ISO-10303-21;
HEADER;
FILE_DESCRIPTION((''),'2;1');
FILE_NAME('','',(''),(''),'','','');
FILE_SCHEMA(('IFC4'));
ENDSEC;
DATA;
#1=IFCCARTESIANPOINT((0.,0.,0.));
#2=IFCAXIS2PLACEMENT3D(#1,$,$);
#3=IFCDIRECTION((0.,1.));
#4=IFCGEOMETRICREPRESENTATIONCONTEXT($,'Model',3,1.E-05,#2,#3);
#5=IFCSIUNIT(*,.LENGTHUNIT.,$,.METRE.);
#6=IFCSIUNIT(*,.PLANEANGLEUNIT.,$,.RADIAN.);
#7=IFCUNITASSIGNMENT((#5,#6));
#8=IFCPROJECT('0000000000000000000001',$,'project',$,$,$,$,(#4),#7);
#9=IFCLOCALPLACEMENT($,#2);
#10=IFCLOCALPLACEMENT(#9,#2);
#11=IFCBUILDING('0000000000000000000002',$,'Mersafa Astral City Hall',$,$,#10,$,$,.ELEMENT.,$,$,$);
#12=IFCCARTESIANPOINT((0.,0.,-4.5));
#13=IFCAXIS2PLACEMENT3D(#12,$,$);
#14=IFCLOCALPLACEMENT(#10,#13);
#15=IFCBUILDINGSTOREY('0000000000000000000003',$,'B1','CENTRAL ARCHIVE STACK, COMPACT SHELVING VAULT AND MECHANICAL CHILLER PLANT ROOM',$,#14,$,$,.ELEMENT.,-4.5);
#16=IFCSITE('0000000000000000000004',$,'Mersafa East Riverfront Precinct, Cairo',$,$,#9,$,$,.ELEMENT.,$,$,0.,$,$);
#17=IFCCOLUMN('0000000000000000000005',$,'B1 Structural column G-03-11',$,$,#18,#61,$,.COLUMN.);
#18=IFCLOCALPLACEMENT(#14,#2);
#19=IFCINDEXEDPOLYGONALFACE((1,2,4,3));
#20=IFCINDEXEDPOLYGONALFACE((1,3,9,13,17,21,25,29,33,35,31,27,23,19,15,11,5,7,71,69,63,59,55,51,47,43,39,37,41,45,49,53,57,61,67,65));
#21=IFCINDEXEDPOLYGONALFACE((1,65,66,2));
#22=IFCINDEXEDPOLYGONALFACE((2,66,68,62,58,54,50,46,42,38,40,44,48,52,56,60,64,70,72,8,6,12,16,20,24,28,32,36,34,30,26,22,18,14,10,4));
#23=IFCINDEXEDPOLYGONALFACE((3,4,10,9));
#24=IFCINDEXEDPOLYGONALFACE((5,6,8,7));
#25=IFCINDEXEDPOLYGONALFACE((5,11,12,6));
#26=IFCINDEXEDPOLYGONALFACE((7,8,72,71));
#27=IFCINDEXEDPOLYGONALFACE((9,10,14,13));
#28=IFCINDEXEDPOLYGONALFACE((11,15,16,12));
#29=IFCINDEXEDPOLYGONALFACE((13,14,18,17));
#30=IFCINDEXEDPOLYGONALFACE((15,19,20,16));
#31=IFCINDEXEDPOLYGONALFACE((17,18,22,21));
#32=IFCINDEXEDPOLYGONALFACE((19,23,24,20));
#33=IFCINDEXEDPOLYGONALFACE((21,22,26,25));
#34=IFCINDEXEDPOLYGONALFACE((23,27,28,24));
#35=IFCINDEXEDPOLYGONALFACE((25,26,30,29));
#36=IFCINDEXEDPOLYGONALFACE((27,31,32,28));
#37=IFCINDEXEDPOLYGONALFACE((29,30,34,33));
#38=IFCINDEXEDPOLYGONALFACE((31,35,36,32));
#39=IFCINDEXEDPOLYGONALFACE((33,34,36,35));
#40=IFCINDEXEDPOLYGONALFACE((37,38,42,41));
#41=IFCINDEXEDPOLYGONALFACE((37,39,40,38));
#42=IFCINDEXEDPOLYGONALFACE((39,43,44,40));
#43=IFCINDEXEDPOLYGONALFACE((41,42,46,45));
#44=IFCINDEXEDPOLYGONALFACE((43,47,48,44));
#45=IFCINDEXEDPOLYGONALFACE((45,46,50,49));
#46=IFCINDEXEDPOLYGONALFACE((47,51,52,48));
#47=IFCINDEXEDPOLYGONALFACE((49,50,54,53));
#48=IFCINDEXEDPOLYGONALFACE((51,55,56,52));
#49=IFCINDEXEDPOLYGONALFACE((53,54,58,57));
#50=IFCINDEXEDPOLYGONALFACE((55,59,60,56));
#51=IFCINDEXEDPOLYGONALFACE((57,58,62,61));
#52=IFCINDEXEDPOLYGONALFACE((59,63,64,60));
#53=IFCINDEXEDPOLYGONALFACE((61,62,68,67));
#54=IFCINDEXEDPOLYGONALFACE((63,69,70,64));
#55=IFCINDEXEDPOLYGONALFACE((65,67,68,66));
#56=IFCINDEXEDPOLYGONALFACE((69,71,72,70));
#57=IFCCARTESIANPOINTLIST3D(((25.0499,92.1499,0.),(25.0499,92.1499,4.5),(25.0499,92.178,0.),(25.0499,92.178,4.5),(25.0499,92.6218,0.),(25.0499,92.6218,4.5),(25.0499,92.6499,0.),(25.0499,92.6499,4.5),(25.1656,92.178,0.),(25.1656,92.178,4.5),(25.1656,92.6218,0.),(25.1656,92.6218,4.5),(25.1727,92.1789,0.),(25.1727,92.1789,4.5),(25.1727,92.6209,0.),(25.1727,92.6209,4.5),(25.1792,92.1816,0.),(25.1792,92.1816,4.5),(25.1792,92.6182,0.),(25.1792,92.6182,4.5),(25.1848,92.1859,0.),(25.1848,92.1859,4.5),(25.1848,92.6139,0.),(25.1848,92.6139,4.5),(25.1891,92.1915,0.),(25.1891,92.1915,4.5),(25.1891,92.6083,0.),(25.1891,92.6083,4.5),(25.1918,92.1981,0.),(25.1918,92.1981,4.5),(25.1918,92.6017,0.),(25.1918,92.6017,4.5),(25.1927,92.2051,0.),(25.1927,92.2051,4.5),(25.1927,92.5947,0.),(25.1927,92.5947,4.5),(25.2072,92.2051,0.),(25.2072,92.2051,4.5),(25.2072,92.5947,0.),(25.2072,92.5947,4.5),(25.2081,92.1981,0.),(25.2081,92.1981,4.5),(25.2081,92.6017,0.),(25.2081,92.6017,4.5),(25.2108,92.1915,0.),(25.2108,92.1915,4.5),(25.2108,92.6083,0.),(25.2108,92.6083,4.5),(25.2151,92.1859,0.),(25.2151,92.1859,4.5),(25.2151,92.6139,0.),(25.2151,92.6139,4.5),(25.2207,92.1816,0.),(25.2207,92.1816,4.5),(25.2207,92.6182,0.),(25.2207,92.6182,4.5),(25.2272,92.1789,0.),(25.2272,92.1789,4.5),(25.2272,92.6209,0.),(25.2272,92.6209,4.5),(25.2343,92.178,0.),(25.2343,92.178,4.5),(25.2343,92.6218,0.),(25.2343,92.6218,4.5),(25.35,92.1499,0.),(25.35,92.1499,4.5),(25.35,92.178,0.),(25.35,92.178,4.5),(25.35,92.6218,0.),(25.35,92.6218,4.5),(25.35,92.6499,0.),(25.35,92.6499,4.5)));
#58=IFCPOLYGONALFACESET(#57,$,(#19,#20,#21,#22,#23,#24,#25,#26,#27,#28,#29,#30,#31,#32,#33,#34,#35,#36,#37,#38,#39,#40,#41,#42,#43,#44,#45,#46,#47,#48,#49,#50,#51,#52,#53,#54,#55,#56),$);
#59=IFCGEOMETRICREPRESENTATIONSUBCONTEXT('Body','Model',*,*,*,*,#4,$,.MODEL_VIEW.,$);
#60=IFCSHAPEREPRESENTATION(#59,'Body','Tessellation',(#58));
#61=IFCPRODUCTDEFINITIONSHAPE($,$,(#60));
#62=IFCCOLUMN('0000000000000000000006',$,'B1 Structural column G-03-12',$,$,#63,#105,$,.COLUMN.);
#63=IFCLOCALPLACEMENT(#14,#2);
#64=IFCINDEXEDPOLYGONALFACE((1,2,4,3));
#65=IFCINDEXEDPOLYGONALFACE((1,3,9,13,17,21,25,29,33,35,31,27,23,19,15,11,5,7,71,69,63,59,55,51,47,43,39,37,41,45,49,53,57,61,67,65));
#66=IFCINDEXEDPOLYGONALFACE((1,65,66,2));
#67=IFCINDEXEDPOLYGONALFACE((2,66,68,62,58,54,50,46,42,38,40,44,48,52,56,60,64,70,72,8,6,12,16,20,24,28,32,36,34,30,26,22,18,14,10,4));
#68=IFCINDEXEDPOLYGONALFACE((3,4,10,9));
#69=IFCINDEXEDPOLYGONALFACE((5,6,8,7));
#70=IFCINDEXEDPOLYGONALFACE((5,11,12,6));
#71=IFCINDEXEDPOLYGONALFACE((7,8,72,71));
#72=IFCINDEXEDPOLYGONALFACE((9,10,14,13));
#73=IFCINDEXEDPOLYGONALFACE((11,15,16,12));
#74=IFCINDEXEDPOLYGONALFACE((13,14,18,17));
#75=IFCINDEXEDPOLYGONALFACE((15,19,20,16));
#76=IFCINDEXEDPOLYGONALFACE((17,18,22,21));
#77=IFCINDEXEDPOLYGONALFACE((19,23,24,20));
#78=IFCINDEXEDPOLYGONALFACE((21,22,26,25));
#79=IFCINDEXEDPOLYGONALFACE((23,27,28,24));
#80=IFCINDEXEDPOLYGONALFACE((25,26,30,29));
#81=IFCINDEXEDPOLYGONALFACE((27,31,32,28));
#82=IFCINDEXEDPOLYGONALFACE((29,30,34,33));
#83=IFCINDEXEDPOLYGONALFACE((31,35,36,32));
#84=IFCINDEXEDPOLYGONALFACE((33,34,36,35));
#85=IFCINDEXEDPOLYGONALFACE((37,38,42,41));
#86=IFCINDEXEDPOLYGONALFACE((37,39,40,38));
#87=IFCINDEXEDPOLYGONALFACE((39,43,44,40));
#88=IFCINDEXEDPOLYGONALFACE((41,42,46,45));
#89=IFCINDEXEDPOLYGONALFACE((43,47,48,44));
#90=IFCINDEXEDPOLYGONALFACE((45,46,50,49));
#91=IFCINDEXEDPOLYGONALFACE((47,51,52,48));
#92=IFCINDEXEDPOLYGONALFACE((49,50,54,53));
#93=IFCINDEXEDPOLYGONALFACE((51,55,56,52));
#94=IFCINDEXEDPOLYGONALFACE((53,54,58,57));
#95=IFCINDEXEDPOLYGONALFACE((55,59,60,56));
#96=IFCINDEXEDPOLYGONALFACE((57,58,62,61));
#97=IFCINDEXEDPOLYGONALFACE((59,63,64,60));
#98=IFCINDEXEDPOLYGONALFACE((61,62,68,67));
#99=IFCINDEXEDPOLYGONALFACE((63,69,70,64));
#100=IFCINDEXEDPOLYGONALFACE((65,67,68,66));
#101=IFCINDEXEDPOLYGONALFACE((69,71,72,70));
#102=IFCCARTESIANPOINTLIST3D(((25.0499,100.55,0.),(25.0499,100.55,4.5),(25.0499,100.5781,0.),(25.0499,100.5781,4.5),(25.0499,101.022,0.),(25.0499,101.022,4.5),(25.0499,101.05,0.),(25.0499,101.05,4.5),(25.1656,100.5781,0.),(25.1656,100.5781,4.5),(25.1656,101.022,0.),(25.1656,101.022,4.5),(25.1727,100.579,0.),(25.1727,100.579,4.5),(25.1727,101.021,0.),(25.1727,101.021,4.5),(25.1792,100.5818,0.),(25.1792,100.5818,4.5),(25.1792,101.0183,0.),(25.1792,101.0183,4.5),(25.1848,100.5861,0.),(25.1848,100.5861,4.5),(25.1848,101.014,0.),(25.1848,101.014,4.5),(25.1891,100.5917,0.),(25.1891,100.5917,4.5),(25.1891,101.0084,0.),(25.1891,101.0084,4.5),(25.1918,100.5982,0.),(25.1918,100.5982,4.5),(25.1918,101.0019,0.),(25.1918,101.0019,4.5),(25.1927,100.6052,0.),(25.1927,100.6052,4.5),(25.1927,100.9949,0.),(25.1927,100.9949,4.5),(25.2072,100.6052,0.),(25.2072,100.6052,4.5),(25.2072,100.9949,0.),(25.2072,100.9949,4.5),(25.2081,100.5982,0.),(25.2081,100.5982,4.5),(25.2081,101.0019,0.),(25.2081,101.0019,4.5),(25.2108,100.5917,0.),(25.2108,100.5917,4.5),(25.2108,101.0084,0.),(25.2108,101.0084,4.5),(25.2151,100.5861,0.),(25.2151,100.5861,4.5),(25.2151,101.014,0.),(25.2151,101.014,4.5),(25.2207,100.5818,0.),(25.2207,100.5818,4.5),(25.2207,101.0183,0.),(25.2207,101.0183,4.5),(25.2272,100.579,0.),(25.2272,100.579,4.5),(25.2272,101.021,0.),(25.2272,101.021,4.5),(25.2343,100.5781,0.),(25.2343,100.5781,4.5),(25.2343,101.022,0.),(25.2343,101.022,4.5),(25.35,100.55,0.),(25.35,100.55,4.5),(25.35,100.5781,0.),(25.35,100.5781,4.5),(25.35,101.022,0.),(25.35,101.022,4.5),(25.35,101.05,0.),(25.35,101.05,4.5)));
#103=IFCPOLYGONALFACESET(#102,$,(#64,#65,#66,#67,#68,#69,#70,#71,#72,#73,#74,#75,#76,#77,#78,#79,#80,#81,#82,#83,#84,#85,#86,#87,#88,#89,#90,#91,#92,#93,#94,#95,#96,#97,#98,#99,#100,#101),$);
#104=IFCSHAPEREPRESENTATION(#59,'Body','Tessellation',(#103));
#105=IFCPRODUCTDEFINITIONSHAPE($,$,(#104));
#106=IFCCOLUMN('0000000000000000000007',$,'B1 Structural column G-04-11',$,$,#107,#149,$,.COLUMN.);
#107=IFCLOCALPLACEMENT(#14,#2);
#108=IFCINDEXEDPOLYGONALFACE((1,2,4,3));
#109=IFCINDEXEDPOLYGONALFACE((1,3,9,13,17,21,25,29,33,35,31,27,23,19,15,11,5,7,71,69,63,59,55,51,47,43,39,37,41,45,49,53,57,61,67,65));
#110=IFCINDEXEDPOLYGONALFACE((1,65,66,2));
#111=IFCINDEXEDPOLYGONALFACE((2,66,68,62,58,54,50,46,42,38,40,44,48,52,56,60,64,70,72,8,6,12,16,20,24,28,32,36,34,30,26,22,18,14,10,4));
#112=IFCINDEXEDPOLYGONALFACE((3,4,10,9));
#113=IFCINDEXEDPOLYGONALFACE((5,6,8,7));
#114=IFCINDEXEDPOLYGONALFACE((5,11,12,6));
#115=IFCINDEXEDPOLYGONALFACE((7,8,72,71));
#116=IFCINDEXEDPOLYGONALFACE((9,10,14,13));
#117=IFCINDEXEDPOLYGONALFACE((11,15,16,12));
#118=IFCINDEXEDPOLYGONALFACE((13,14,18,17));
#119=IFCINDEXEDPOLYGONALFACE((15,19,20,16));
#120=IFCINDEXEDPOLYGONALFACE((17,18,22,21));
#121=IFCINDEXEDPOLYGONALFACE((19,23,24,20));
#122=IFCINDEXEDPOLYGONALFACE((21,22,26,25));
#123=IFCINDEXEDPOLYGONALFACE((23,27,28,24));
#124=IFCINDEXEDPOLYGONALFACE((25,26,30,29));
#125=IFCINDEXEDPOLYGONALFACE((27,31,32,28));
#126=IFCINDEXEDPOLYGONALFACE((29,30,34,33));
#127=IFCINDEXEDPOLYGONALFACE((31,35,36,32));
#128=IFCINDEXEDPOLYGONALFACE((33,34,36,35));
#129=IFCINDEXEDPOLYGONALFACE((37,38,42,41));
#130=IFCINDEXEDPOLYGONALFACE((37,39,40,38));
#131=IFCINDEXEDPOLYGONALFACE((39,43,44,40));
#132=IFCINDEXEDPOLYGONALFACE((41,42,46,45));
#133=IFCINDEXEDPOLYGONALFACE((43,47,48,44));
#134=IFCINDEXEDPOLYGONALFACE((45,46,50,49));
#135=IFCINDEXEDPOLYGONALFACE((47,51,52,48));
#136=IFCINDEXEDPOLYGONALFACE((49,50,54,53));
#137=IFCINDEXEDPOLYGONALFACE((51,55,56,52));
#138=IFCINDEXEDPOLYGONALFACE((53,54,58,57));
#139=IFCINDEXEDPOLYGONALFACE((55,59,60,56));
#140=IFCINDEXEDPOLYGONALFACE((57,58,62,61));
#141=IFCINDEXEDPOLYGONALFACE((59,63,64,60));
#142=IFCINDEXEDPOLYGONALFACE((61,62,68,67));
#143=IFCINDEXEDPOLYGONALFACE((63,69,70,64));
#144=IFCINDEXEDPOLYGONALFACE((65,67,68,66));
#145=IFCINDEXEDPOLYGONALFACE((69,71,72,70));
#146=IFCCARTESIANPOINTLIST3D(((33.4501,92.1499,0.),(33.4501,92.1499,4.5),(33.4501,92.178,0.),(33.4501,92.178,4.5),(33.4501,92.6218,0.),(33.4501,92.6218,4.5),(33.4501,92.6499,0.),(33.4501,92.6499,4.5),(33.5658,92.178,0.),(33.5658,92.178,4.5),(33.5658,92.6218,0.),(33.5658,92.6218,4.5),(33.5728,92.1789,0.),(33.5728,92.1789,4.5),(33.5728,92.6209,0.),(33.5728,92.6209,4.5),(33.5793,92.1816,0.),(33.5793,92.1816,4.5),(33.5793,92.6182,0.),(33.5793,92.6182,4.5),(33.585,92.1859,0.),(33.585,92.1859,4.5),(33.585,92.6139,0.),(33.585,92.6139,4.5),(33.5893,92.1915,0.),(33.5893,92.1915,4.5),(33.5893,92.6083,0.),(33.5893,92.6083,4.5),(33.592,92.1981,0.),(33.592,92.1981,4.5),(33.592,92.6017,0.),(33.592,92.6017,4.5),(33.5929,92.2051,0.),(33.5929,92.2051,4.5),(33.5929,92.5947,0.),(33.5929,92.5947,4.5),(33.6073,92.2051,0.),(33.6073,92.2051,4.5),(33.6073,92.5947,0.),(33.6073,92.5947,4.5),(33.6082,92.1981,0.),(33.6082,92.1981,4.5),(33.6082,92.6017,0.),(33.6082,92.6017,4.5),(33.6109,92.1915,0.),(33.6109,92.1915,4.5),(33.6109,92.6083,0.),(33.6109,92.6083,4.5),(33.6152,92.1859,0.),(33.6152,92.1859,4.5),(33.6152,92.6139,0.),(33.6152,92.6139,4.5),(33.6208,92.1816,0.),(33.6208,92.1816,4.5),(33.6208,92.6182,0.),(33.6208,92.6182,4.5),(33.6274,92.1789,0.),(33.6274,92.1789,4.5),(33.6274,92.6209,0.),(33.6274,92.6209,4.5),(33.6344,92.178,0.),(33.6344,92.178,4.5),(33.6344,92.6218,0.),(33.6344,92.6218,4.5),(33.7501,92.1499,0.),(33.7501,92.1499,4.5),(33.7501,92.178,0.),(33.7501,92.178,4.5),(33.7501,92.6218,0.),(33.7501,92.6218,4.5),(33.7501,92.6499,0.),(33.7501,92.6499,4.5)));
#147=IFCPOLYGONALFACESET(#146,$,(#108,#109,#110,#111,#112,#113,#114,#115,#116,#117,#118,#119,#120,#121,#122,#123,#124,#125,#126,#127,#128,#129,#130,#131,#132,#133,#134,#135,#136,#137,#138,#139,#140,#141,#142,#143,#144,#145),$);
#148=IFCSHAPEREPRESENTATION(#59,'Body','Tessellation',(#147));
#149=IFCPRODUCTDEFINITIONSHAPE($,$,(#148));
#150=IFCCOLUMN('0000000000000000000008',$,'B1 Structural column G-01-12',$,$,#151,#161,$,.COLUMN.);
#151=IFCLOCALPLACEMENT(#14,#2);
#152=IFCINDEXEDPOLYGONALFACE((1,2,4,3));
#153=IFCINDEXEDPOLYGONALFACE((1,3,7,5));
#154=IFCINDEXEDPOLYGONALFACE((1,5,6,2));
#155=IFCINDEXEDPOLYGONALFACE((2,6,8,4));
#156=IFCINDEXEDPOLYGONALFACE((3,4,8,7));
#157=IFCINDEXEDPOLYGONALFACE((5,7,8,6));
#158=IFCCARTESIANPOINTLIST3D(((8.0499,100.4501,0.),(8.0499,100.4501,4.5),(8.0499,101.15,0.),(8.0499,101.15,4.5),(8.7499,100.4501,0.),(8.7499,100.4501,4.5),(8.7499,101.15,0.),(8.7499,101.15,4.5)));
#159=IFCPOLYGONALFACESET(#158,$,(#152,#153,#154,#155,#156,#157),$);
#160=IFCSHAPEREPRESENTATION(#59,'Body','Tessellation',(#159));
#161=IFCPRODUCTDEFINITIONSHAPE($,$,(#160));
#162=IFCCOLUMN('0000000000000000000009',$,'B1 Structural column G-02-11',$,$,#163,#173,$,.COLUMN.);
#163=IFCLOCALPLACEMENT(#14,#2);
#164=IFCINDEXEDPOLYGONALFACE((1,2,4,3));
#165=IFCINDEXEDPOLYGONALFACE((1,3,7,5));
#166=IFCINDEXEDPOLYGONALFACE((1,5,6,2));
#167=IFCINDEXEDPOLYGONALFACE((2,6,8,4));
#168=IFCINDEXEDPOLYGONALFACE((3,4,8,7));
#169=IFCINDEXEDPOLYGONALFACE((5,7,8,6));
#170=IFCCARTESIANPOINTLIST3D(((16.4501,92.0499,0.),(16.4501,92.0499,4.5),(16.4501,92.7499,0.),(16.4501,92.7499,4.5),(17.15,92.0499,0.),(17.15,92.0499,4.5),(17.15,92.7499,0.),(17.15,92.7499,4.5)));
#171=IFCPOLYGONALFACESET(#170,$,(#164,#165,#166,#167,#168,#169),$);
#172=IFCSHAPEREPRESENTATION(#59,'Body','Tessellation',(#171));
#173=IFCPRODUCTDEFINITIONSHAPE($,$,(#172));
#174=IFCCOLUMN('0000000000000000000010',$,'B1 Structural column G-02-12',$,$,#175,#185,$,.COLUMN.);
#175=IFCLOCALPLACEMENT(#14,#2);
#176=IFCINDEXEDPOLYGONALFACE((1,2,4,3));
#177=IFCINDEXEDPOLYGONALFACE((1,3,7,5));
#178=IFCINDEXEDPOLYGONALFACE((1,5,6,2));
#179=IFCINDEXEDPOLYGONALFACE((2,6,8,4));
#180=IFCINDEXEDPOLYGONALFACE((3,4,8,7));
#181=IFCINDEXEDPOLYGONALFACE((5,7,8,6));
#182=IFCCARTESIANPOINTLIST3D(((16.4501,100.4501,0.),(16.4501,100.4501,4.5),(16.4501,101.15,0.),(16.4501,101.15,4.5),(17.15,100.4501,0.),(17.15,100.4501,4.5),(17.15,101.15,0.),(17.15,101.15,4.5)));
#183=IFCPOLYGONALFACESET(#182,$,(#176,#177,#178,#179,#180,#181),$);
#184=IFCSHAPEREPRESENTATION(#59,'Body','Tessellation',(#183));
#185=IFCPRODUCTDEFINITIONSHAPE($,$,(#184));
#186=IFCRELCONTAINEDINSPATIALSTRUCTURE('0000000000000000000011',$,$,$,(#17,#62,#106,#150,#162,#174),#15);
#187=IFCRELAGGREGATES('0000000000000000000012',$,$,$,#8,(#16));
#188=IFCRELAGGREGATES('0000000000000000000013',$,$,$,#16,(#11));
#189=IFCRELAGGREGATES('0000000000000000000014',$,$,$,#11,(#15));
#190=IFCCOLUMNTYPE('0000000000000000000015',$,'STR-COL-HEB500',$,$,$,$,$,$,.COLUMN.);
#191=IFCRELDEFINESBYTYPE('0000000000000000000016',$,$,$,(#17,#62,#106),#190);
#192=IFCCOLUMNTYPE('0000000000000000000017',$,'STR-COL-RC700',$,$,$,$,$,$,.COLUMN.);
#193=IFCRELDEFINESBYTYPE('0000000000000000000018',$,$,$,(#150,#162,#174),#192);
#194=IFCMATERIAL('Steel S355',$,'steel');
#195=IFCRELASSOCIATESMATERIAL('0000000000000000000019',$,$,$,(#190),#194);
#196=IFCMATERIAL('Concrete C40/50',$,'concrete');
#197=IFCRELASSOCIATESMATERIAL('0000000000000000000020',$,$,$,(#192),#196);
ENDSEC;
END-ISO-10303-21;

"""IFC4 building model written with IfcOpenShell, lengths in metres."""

from ifc_helpers import new_model, si_unit, direction, frame, origin, origin_2d, place, context, subcontext, project, spatial, rectangle, i_section, extrude, material, material_profile, profile_set, type_object, element, save


model = new_model("IFC4")

# Units and contexts
model_context = context("Model", 3, precision=1e-05, world=origin(), true_north=direction((0.0, 1.0)))
body_context = subcontext(model_context, "Body", "Model", "MODEL_VIEW")
ifc_project = project(units=[si_unit("LENGTHUNIT", "METRE"), si_unit("PLANEANGLEUNIT", "RADIAN")], contexts=[model_context])

# Site, building, storey
site_placement = place(None, origin())
site = spatial("IfcSite", under=ifc_project, at=site_placement, Name="Mersafa East Riverfront Precinct, Cairo", CompositionType="ELEMENT", RefElevation=0.0)
building_placement = place(site_placement, origin())
building = spatial("IfcBuilding", under=site, at=building_placement, Name="Mersafa Astral City Hall", CompositionType="ELEMENT")
storey_placement = place(building_placement, frame((0.0, 0.0, -4.5)))
storey = spatial("IfcBuildingStorey", under=building, at=storey_placement, Name="B1", Description="CENTRAL ARCHIVE STACK, COMPACT SHELVING VAULT AND MECHANICAL CHILLER PLANT ROOM", CompositionType="ELEMENT", Elevation=-4.5)

# Shared definitions
ifc_material_1 = material(Name="Concrete C40/50", Category="concrete")

# Columns
ifc_material_2 = material(Name="Steel S355", Category="steel")
ifc_material_profile_1 = material_profile(ifc_material_2, i_section(OverallWidth=0.3, OverallDepth=0.5, WebThickness=0.0144, FlangeThickness=0.0281, FilletRadius=0.0271, at=origin_2d()), Name="HEB 500")
ifc_profile_set_1 = profile_set([ifc_material_profile_1], Name="Steel S355")
column_type_1 = type_object("IfcColumnType", Name="STR-COL-HEB500", PredefinedType="COLUMN", material=ifc_profile_set_1)
for number, where, z_axis, x_axis, name in (
    (1, (25.2, 92.3999, 0.0), (0.0, 0.0, 1.0), (1.0, 0.0, 0.0), "B1 Structural column G-03-11"),
    (2, (25.2, 100.8, 0.0), (0.0, 0.0, 1.0), (1.0, 0.0, 0.0), "B1 Structural column G-03-12"),
    (3, (33.6001, 92.3999, 0.0), (0.0, 0.0, 1.0), (1.0, 0.0, 0.0), "B1 Structural column G-04-11"),
):
    element("IfcColumn", number, at=place(storey_placement, frame(where, z_axis=z_axis, x_axis=x_axis)), inside=storey, type_object=column_type_1, Name=name, PredefinedType="COLUMN", context=body_context, shape_type="SweptSolid", body=[
        extrude(i_section(OverallWidth=0.3, OverallDepth=0.5, WebThickness=0.0144, FlangeThickness=0.0281, FilletRadius=0.0271, at=origin_2d()), origin(), (0.0, 0.0, 1.0), 4.5),
    ])
ifc_material_profile_2 = material_profile(ifc_material_1, rectangle(XDim=0.7, YDim=0.7, at=origin_2d()), Name="RC 700x700")
ifc_profile_set_2 = profile_set([ifc_material_profile_2], Name="Concrete C40/50")
column_type_2 = type_object("IfcColumnType", Name="STR-COL-RC700", PredefinedType="COLUMN", material=ifc_profile_set_2)
for number, where, z_axis, x_axis, name in (
    (4, (8.3999, 100.8, 0.0), (0.0, 0.0, 1.0), (1.0, 0.0, 0.0), "B1 Structural column G-01-12"),
    (5, (16.8, 92.3999, 0.0), (0.0, 0.0, 1.0), (1.0, 0.0, 0.0), "B1 Structural column G-02-11"),
    (6, (16.8, 100.8, 0.0), (0.0, 0.0, 1.0), (1.0, 0.0, 0.0), "B1 Structural column G-02-12"),
):
    element("IfcColumn", number, at=place(storey_placement, frame(where, z_axis=z_axis, x_axis=x_axis)), inside=storey, type_object=column_type_2, Name=name, PredefinedType="COLUMN", context=body_context, shape_type="SweptSolid", body=[
        extrude(rectangle(XDim=0.7, YDim=0.7, at=origin_2d()), origin(), (0.0, 0.0, 1.0), 4.5),
    ])

save(model, "model.ifc")
